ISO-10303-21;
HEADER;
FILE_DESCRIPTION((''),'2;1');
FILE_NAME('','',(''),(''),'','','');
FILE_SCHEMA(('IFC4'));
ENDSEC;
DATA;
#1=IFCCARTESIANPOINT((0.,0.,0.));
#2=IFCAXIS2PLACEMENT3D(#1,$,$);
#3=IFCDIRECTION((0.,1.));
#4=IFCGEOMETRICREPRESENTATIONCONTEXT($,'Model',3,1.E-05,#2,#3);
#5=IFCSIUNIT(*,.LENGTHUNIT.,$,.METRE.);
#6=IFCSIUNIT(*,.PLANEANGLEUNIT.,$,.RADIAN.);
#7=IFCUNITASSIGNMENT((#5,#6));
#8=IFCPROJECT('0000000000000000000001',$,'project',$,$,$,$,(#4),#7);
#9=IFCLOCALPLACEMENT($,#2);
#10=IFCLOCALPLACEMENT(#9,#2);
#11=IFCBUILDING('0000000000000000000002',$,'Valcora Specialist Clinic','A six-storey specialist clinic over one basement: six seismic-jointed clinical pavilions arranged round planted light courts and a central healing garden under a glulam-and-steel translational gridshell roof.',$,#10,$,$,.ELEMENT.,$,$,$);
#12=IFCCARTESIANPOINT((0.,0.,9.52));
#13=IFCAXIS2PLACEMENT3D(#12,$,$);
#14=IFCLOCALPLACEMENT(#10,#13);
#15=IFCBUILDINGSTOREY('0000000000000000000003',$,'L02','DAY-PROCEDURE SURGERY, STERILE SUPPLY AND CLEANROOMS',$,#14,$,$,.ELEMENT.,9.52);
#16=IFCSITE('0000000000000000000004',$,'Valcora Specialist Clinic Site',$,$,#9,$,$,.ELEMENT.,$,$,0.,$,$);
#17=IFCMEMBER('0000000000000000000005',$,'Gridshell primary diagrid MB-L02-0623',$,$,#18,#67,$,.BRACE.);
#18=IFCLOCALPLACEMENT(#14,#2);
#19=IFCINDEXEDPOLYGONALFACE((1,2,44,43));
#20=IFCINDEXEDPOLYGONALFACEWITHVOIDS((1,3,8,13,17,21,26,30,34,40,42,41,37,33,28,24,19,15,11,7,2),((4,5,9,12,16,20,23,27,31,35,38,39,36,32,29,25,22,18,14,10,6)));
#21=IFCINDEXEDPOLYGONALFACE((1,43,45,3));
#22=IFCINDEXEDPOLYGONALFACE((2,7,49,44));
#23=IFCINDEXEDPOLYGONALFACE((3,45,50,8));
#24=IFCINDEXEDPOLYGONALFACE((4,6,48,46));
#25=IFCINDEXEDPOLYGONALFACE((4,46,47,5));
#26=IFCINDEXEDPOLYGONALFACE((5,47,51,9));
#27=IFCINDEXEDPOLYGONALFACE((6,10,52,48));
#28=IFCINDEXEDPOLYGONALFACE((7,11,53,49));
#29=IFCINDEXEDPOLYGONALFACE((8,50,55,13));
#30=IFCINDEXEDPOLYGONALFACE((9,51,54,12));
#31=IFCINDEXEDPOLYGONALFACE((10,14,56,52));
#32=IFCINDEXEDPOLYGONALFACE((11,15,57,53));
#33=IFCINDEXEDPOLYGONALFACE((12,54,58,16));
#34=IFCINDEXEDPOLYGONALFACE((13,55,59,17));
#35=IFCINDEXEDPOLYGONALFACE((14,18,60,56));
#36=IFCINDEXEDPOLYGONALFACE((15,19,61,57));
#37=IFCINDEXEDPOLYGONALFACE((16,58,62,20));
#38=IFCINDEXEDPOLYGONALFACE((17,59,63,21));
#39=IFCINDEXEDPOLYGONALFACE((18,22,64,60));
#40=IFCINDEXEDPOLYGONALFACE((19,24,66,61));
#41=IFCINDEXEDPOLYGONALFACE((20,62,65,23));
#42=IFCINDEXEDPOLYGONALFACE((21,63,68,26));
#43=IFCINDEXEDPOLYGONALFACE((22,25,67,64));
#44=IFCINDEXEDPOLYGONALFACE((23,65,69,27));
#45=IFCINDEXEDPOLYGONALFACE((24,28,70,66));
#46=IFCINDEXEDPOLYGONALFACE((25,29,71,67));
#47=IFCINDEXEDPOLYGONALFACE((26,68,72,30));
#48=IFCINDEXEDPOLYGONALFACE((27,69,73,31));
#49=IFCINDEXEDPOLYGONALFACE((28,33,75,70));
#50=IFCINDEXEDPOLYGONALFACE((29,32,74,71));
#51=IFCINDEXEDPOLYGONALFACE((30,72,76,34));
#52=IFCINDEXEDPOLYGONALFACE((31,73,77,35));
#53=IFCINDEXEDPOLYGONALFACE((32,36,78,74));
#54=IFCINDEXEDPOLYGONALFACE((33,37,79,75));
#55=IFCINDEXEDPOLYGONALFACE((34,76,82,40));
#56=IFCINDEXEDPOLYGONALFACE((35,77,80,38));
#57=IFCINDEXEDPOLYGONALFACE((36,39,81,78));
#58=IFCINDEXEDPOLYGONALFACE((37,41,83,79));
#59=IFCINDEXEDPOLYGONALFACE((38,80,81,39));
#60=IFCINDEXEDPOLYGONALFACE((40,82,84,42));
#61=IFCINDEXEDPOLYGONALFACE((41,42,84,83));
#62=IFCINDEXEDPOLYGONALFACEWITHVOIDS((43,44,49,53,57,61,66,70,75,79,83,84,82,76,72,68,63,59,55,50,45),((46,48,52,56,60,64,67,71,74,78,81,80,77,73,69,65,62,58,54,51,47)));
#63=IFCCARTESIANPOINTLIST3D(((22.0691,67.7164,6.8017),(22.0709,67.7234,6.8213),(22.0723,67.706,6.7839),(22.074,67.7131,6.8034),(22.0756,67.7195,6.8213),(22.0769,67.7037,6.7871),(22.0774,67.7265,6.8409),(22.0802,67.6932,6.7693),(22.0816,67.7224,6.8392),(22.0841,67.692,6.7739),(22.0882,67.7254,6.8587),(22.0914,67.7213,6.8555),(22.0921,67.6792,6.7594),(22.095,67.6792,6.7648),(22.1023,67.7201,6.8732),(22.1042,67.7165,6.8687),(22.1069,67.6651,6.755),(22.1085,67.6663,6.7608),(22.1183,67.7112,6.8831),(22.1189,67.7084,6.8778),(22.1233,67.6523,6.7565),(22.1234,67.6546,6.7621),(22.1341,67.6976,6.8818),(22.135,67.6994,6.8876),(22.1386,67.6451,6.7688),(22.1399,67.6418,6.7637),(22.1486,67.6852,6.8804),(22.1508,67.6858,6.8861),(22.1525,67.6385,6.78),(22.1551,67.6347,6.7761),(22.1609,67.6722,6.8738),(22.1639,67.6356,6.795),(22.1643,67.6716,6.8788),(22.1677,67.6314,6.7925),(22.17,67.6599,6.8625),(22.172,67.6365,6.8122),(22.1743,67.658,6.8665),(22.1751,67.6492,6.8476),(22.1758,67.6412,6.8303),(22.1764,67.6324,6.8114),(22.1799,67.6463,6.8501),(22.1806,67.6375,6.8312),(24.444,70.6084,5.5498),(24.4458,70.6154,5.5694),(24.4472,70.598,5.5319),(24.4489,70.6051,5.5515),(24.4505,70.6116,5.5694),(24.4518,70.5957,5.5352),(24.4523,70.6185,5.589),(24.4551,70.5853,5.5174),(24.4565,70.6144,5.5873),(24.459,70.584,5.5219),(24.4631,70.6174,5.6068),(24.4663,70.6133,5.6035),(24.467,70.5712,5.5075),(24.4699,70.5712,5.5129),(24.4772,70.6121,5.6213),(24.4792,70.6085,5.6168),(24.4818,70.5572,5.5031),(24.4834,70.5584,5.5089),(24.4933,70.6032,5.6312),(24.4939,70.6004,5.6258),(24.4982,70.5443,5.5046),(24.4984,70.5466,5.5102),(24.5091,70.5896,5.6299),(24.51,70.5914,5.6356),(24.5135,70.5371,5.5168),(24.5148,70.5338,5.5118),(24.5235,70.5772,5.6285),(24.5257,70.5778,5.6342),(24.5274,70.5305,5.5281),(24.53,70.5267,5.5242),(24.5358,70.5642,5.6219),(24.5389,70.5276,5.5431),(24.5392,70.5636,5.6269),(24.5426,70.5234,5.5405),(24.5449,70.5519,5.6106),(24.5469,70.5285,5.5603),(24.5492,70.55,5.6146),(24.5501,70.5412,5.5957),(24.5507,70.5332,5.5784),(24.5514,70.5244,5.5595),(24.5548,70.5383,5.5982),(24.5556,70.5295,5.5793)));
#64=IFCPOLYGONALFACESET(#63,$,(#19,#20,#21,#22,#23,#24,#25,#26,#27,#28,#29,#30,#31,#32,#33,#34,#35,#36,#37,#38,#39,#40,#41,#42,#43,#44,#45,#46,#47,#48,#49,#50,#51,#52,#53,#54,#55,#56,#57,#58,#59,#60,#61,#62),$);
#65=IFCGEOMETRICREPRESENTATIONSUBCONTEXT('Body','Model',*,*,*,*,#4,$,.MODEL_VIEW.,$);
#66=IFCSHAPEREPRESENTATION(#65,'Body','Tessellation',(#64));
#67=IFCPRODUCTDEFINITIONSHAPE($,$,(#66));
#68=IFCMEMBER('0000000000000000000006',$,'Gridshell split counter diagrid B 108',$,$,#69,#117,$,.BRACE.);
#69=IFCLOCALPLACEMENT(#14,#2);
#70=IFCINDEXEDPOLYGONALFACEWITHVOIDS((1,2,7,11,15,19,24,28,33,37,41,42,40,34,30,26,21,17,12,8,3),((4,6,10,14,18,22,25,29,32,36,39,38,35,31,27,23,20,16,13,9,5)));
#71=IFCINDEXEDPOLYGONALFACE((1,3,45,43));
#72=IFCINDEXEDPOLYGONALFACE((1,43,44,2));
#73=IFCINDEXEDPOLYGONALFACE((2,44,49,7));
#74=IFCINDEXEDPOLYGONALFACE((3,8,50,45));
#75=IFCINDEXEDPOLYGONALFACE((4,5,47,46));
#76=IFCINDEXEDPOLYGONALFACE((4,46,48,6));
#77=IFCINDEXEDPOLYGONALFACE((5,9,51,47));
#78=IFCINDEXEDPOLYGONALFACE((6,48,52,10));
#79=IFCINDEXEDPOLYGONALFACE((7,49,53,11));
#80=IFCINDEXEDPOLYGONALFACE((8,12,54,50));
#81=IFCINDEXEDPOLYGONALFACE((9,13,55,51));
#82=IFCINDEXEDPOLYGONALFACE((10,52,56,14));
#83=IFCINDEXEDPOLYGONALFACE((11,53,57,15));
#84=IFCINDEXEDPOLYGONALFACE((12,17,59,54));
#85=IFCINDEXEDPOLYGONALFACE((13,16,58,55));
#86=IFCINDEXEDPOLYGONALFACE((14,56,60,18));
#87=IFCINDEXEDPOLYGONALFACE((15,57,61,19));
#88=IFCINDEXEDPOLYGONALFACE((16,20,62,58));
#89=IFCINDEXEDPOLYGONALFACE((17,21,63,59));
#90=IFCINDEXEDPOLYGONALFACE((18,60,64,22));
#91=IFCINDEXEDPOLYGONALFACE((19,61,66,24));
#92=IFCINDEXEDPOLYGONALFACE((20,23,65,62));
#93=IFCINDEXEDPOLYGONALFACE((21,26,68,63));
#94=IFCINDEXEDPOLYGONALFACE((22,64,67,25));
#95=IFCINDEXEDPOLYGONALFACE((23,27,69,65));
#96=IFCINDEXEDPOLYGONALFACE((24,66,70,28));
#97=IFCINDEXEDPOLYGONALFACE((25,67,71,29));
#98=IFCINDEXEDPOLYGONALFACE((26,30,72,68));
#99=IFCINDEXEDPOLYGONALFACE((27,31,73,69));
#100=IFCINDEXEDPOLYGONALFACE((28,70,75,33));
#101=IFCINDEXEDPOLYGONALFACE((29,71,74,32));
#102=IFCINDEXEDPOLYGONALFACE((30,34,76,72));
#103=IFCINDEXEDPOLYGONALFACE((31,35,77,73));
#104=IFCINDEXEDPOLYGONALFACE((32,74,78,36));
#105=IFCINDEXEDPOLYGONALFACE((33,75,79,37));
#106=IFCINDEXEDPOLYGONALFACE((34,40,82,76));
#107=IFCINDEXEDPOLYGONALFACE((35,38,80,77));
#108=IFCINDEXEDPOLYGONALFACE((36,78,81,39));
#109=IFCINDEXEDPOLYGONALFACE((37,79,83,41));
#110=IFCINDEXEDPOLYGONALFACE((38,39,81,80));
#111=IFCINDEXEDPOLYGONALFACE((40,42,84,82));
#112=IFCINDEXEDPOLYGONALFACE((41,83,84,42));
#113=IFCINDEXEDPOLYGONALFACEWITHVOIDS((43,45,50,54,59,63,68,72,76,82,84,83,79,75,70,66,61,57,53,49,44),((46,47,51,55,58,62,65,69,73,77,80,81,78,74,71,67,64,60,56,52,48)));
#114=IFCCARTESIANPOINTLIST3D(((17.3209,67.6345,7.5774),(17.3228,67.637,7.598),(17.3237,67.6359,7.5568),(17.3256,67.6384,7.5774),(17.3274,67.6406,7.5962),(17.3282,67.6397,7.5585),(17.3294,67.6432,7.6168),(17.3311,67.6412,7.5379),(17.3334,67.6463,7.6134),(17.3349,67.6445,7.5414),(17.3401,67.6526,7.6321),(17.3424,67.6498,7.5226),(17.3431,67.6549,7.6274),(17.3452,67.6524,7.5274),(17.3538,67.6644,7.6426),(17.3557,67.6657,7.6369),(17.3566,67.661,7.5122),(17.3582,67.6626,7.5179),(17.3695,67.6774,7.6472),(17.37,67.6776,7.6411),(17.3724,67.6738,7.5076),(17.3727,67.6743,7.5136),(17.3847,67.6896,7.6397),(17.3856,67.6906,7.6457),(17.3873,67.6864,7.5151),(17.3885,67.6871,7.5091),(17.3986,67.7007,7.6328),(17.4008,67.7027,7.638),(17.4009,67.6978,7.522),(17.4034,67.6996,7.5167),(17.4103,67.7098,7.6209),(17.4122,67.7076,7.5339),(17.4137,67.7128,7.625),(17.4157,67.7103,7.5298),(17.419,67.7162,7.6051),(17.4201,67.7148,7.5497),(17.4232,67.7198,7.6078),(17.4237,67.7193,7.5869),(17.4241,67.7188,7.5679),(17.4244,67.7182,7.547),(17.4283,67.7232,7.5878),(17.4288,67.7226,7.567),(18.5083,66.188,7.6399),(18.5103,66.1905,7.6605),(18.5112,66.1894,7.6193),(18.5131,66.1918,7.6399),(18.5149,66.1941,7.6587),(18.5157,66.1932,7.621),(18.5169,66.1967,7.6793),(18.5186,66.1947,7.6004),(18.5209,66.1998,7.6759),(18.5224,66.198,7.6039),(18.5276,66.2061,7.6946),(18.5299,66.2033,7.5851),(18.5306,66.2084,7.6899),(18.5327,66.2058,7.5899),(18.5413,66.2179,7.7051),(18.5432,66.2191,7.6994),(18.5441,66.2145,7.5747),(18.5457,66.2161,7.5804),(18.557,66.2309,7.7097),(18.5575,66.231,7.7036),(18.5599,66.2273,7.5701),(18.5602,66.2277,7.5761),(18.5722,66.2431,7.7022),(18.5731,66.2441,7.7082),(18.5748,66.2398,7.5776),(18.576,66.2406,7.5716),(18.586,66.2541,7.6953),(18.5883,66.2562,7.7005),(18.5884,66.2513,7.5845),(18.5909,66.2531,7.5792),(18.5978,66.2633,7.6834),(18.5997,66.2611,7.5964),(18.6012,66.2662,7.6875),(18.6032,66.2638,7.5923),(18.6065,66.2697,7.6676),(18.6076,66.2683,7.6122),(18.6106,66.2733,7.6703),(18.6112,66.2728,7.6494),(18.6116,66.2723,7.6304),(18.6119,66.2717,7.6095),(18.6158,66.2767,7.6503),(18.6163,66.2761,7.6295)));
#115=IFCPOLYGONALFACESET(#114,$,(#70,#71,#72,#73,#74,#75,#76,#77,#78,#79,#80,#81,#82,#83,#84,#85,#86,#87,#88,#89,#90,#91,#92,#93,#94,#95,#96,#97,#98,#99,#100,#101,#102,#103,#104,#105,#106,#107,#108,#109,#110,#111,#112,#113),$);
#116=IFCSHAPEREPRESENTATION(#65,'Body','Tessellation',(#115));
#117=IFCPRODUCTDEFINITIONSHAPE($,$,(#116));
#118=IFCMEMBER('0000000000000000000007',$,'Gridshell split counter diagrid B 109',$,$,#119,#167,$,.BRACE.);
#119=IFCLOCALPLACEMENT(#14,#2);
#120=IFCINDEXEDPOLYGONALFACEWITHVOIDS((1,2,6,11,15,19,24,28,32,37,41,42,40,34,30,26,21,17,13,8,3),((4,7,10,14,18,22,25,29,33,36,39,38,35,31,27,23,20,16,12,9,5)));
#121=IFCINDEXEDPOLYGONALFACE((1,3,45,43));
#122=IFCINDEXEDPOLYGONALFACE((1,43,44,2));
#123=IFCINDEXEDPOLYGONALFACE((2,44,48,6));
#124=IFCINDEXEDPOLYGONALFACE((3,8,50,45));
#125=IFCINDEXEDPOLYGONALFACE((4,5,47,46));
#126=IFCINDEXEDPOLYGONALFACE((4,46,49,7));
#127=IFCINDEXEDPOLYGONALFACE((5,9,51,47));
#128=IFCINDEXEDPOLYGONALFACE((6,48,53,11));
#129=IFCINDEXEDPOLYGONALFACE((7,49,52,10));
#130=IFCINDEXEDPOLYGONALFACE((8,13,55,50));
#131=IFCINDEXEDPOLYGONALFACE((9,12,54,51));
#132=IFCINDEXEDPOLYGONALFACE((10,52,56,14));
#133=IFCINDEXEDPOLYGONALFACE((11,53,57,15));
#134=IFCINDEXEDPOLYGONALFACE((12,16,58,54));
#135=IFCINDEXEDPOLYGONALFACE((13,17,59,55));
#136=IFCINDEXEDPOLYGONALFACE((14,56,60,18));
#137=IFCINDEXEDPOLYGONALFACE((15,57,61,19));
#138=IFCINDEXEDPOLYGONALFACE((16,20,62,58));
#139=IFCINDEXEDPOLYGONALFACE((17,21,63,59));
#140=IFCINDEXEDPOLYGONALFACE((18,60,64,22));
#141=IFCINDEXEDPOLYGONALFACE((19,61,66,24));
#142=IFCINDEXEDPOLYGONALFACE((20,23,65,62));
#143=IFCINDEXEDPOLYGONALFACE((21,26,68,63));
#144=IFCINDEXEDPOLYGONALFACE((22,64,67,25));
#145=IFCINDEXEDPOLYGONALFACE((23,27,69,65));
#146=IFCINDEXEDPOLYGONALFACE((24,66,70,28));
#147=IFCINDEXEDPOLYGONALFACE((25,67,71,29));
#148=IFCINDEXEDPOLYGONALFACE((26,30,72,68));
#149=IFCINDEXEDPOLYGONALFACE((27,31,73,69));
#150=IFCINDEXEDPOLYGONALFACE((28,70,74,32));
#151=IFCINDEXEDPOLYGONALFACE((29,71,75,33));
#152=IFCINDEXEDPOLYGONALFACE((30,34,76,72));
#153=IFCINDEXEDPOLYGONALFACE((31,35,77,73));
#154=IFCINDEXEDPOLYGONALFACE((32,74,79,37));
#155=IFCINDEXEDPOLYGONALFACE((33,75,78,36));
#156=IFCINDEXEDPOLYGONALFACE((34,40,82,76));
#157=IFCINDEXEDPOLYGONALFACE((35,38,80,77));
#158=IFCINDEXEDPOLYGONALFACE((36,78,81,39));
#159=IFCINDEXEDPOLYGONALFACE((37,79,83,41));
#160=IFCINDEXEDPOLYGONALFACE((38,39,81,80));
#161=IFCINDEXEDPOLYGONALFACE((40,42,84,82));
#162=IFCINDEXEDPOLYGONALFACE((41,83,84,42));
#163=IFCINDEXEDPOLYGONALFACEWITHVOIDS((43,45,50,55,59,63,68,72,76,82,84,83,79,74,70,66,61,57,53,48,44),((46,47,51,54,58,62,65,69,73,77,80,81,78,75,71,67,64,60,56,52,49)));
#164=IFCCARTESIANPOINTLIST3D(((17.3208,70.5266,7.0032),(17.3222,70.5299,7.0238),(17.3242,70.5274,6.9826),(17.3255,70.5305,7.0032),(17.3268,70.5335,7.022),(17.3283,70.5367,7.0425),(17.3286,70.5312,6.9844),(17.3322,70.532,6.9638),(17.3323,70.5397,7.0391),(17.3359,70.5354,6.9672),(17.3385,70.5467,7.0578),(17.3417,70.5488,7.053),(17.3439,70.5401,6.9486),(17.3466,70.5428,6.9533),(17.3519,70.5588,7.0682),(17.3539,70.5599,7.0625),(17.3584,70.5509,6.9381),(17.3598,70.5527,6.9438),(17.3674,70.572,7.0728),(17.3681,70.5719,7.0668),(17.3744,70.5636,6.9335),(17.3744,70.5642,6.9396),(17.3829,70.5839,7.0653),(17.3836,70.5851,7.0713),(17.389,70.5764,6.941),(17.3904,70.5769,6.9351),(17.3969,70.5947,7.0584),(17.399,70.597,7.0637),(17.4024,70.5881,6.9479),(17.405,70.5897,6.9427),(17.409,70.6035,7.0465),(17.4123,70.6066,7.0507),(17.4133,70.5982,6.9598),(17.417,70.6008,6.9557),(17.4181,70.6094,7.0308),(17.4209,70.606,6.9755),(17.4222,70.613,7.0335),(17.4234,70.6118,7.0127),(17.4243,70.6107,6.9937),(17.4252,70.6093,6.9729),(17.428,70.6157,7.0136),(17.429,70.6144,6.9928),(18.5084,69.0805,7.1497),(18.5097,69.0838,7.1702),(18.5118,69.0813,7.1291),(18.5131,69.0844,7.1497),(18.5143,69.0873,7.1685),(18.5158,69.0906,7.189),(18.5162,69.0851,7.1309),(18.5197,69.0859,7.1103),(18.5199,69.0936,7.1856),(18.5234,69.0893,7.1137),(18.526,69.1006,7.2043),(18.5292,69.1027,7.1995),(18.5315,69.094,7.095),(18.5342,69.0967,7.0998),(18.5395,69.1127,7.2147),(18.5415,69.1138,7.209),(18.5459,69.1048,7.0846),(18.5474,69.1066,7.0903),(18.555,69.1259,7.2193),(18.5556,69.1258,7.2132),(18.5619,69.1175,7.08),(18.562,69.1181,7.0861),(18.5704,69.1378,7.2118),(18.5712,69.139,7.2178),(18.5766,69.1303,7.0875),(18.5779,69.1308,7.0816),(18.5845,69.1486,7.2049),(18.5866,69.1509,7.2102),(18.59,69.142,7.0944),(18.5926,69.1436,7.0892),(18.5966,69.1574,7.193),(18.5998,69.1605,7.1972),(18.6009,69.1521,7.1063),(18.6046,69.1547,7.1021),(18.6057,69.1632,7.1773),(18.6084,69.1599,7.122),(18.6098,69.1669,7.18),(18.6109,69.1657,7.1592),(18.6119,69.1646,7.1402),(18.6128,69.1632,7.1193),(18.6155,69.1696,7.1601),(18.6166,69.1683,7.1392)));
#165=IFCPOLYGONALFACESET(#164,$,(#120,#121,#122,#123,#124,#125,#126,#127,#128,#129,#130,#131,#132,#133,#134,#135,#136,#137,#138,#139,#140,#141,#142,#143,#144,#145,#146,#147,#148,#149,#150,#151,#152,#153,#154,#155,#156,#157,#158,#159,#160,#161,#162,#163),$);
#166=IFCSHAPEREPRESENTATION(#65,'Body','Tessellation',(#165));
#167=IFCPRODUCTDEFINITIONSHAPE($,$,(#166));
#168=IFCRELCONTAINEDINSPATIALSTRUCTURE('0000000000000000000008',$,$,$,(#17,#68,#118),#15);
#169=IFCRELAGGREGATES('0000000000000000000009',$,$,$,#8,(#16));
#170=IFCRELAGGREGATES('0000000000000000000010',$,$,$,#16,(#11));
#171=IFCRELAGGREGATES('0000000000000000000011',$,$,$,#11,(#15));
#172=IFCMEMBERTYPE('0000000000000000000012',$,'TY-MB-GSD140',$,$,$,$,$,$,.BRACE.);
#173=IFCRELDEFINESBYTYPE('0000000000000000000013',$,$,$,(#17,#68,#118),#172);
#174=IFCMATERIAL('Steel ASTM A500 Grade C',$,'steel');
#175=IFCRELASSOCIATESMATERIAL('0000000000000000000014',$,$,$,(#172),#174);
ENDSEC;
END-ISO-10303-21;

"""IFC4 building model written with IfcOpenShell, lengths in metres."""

from ifc_helpers import new_model, si_unit, direction, frame, origin, origin_2d, place, context, subcontext, project, spatial, hollow_circle, extrude, material, material_profile, profile_set, type_object, element, save


model = new_model("IFC4")

# Units and contexts
model_context = context("Model", 3, precision=1e-05, world=origin(), true_north=direction((0.0, 1.0)))
body_context = subcontext(model_context, "Body", "Model", "MODEL_VIEW")
ifc_project = project(units=[si_unit("LENGTHUNIT", "METRE"), si_unit("PLANEANGLEUNIT", "RADIAN")], contexts=[model_context])

# Site, building, storey
site_placement = place(None, origin())
site = spatial("IfcSite", under=ifc_project, at=site_placement, Name="Valcora Specialist Clinic Site", CompositionType="ELEMENT", RefElevation=0.0)
building_placement = place(site_placement, origin())
building = spatial("IfcBuilding", under=site, at=building_placement, Name="Valcora Specialist Clinic", Description="A six-storey specialist clinic over one basement: six seismic-jointed clinical pavilions arranged round planted light courts and a central healing garden under a glulam-and-steel translational gridshell roof.", CompositionType="ELEMENT")
storey_placement = place(building_placement, frame((0.0, 0.0, 9.52)))
storey = spatial("IfcBuildingStorey", under=building, at=storey_placement, Name="L02", Description="DAY-PROCEDURE SURGERY, STERILE SUPPLY AND CLEANROOMS", CompositionType="ELEMENT", Elevation=9.52)

# Members
ifc_material_1 = material(Name="Steel ASTM A500 Grade C", Category="steel")
ifc_material_profile_1 = material_profile(ifc_material_1, hollow_circle(Radius=0.0701, WallThickness=0.0061, at=origin_2d()), Name="ST-CHS-140X6")
ifc_profile_set_1 = profile_set([ifc_material_profile_1], Name="Steel ASTM A500 Grade C")
member_type_1 = type_object("IfcMemberType", Name="TY-MB-GSD140", PredefinedType="BRACE", material=ifc_profile_set_1)
member_1_placement = place(storey_placement, frame((22.125, 67.679, 6.8213), z_axis=(0.601851, 0.732887, -0.317258), x_axis=(-0.772811, 0.634636, 0.0)))
element("IfcMember", 1, at=member_1_placement, inside=storey, type_object=member_type_1, Name="Gridshell primary diagrid MB-L02-0623", PredefinedType="BRACE", context=body_context, shape_type="SweptSolid", body=[
    extrude(hollow_circle(Radius=0.0701, WallThickness=0.0061, at=origin_2d()), origin(), (0.0, 0.0, 1.0), 3.946),
])
member_2_placement = place(storey_placement, frame((18.5625, 66.2324, 7.6399), z_axis=(-0.634155, 0.772485, -0.033377), x_axis=(-0.772916, -0.634508, 0.0)))
element("IfcMember", 2, at=member_2_placement, inside=storey, type_object=member_type_1, Name="Gridshell split counter diagrid B 108", PredefinedType="BRACE", context=body_context, shape_type="SweptSolid", body=[
    extrude(hollow_circle(Radius=0.0701, WallThickness=0.0061, at=origin_2d()), origin(), (0.0, 0.0, 1.0), 1.8726),
])
member_3_placement = place(storey_placement, frame((18.5625, 69.125, 7.1497), z_axis=(-0.632701, 0.770453, -0.078047), x_axis=(-0.772811, -0.634636, 0.0)))
element("IfcMember", 3, at=member_3_placement, inside=storey, type_object=member_type_1, Name="Gridshell split counter diagrid B 109", PredefinedType="BRACE", context=body_context, shape_type="SweptSolid", body=[
    extrude(hollow_circle(Radius=0.0701, WallThickness=0.0061, at=origin_2d()), origin(), (0.0, 0.0, 1.0), 1.877),
])

save(model, "model.ifc")
